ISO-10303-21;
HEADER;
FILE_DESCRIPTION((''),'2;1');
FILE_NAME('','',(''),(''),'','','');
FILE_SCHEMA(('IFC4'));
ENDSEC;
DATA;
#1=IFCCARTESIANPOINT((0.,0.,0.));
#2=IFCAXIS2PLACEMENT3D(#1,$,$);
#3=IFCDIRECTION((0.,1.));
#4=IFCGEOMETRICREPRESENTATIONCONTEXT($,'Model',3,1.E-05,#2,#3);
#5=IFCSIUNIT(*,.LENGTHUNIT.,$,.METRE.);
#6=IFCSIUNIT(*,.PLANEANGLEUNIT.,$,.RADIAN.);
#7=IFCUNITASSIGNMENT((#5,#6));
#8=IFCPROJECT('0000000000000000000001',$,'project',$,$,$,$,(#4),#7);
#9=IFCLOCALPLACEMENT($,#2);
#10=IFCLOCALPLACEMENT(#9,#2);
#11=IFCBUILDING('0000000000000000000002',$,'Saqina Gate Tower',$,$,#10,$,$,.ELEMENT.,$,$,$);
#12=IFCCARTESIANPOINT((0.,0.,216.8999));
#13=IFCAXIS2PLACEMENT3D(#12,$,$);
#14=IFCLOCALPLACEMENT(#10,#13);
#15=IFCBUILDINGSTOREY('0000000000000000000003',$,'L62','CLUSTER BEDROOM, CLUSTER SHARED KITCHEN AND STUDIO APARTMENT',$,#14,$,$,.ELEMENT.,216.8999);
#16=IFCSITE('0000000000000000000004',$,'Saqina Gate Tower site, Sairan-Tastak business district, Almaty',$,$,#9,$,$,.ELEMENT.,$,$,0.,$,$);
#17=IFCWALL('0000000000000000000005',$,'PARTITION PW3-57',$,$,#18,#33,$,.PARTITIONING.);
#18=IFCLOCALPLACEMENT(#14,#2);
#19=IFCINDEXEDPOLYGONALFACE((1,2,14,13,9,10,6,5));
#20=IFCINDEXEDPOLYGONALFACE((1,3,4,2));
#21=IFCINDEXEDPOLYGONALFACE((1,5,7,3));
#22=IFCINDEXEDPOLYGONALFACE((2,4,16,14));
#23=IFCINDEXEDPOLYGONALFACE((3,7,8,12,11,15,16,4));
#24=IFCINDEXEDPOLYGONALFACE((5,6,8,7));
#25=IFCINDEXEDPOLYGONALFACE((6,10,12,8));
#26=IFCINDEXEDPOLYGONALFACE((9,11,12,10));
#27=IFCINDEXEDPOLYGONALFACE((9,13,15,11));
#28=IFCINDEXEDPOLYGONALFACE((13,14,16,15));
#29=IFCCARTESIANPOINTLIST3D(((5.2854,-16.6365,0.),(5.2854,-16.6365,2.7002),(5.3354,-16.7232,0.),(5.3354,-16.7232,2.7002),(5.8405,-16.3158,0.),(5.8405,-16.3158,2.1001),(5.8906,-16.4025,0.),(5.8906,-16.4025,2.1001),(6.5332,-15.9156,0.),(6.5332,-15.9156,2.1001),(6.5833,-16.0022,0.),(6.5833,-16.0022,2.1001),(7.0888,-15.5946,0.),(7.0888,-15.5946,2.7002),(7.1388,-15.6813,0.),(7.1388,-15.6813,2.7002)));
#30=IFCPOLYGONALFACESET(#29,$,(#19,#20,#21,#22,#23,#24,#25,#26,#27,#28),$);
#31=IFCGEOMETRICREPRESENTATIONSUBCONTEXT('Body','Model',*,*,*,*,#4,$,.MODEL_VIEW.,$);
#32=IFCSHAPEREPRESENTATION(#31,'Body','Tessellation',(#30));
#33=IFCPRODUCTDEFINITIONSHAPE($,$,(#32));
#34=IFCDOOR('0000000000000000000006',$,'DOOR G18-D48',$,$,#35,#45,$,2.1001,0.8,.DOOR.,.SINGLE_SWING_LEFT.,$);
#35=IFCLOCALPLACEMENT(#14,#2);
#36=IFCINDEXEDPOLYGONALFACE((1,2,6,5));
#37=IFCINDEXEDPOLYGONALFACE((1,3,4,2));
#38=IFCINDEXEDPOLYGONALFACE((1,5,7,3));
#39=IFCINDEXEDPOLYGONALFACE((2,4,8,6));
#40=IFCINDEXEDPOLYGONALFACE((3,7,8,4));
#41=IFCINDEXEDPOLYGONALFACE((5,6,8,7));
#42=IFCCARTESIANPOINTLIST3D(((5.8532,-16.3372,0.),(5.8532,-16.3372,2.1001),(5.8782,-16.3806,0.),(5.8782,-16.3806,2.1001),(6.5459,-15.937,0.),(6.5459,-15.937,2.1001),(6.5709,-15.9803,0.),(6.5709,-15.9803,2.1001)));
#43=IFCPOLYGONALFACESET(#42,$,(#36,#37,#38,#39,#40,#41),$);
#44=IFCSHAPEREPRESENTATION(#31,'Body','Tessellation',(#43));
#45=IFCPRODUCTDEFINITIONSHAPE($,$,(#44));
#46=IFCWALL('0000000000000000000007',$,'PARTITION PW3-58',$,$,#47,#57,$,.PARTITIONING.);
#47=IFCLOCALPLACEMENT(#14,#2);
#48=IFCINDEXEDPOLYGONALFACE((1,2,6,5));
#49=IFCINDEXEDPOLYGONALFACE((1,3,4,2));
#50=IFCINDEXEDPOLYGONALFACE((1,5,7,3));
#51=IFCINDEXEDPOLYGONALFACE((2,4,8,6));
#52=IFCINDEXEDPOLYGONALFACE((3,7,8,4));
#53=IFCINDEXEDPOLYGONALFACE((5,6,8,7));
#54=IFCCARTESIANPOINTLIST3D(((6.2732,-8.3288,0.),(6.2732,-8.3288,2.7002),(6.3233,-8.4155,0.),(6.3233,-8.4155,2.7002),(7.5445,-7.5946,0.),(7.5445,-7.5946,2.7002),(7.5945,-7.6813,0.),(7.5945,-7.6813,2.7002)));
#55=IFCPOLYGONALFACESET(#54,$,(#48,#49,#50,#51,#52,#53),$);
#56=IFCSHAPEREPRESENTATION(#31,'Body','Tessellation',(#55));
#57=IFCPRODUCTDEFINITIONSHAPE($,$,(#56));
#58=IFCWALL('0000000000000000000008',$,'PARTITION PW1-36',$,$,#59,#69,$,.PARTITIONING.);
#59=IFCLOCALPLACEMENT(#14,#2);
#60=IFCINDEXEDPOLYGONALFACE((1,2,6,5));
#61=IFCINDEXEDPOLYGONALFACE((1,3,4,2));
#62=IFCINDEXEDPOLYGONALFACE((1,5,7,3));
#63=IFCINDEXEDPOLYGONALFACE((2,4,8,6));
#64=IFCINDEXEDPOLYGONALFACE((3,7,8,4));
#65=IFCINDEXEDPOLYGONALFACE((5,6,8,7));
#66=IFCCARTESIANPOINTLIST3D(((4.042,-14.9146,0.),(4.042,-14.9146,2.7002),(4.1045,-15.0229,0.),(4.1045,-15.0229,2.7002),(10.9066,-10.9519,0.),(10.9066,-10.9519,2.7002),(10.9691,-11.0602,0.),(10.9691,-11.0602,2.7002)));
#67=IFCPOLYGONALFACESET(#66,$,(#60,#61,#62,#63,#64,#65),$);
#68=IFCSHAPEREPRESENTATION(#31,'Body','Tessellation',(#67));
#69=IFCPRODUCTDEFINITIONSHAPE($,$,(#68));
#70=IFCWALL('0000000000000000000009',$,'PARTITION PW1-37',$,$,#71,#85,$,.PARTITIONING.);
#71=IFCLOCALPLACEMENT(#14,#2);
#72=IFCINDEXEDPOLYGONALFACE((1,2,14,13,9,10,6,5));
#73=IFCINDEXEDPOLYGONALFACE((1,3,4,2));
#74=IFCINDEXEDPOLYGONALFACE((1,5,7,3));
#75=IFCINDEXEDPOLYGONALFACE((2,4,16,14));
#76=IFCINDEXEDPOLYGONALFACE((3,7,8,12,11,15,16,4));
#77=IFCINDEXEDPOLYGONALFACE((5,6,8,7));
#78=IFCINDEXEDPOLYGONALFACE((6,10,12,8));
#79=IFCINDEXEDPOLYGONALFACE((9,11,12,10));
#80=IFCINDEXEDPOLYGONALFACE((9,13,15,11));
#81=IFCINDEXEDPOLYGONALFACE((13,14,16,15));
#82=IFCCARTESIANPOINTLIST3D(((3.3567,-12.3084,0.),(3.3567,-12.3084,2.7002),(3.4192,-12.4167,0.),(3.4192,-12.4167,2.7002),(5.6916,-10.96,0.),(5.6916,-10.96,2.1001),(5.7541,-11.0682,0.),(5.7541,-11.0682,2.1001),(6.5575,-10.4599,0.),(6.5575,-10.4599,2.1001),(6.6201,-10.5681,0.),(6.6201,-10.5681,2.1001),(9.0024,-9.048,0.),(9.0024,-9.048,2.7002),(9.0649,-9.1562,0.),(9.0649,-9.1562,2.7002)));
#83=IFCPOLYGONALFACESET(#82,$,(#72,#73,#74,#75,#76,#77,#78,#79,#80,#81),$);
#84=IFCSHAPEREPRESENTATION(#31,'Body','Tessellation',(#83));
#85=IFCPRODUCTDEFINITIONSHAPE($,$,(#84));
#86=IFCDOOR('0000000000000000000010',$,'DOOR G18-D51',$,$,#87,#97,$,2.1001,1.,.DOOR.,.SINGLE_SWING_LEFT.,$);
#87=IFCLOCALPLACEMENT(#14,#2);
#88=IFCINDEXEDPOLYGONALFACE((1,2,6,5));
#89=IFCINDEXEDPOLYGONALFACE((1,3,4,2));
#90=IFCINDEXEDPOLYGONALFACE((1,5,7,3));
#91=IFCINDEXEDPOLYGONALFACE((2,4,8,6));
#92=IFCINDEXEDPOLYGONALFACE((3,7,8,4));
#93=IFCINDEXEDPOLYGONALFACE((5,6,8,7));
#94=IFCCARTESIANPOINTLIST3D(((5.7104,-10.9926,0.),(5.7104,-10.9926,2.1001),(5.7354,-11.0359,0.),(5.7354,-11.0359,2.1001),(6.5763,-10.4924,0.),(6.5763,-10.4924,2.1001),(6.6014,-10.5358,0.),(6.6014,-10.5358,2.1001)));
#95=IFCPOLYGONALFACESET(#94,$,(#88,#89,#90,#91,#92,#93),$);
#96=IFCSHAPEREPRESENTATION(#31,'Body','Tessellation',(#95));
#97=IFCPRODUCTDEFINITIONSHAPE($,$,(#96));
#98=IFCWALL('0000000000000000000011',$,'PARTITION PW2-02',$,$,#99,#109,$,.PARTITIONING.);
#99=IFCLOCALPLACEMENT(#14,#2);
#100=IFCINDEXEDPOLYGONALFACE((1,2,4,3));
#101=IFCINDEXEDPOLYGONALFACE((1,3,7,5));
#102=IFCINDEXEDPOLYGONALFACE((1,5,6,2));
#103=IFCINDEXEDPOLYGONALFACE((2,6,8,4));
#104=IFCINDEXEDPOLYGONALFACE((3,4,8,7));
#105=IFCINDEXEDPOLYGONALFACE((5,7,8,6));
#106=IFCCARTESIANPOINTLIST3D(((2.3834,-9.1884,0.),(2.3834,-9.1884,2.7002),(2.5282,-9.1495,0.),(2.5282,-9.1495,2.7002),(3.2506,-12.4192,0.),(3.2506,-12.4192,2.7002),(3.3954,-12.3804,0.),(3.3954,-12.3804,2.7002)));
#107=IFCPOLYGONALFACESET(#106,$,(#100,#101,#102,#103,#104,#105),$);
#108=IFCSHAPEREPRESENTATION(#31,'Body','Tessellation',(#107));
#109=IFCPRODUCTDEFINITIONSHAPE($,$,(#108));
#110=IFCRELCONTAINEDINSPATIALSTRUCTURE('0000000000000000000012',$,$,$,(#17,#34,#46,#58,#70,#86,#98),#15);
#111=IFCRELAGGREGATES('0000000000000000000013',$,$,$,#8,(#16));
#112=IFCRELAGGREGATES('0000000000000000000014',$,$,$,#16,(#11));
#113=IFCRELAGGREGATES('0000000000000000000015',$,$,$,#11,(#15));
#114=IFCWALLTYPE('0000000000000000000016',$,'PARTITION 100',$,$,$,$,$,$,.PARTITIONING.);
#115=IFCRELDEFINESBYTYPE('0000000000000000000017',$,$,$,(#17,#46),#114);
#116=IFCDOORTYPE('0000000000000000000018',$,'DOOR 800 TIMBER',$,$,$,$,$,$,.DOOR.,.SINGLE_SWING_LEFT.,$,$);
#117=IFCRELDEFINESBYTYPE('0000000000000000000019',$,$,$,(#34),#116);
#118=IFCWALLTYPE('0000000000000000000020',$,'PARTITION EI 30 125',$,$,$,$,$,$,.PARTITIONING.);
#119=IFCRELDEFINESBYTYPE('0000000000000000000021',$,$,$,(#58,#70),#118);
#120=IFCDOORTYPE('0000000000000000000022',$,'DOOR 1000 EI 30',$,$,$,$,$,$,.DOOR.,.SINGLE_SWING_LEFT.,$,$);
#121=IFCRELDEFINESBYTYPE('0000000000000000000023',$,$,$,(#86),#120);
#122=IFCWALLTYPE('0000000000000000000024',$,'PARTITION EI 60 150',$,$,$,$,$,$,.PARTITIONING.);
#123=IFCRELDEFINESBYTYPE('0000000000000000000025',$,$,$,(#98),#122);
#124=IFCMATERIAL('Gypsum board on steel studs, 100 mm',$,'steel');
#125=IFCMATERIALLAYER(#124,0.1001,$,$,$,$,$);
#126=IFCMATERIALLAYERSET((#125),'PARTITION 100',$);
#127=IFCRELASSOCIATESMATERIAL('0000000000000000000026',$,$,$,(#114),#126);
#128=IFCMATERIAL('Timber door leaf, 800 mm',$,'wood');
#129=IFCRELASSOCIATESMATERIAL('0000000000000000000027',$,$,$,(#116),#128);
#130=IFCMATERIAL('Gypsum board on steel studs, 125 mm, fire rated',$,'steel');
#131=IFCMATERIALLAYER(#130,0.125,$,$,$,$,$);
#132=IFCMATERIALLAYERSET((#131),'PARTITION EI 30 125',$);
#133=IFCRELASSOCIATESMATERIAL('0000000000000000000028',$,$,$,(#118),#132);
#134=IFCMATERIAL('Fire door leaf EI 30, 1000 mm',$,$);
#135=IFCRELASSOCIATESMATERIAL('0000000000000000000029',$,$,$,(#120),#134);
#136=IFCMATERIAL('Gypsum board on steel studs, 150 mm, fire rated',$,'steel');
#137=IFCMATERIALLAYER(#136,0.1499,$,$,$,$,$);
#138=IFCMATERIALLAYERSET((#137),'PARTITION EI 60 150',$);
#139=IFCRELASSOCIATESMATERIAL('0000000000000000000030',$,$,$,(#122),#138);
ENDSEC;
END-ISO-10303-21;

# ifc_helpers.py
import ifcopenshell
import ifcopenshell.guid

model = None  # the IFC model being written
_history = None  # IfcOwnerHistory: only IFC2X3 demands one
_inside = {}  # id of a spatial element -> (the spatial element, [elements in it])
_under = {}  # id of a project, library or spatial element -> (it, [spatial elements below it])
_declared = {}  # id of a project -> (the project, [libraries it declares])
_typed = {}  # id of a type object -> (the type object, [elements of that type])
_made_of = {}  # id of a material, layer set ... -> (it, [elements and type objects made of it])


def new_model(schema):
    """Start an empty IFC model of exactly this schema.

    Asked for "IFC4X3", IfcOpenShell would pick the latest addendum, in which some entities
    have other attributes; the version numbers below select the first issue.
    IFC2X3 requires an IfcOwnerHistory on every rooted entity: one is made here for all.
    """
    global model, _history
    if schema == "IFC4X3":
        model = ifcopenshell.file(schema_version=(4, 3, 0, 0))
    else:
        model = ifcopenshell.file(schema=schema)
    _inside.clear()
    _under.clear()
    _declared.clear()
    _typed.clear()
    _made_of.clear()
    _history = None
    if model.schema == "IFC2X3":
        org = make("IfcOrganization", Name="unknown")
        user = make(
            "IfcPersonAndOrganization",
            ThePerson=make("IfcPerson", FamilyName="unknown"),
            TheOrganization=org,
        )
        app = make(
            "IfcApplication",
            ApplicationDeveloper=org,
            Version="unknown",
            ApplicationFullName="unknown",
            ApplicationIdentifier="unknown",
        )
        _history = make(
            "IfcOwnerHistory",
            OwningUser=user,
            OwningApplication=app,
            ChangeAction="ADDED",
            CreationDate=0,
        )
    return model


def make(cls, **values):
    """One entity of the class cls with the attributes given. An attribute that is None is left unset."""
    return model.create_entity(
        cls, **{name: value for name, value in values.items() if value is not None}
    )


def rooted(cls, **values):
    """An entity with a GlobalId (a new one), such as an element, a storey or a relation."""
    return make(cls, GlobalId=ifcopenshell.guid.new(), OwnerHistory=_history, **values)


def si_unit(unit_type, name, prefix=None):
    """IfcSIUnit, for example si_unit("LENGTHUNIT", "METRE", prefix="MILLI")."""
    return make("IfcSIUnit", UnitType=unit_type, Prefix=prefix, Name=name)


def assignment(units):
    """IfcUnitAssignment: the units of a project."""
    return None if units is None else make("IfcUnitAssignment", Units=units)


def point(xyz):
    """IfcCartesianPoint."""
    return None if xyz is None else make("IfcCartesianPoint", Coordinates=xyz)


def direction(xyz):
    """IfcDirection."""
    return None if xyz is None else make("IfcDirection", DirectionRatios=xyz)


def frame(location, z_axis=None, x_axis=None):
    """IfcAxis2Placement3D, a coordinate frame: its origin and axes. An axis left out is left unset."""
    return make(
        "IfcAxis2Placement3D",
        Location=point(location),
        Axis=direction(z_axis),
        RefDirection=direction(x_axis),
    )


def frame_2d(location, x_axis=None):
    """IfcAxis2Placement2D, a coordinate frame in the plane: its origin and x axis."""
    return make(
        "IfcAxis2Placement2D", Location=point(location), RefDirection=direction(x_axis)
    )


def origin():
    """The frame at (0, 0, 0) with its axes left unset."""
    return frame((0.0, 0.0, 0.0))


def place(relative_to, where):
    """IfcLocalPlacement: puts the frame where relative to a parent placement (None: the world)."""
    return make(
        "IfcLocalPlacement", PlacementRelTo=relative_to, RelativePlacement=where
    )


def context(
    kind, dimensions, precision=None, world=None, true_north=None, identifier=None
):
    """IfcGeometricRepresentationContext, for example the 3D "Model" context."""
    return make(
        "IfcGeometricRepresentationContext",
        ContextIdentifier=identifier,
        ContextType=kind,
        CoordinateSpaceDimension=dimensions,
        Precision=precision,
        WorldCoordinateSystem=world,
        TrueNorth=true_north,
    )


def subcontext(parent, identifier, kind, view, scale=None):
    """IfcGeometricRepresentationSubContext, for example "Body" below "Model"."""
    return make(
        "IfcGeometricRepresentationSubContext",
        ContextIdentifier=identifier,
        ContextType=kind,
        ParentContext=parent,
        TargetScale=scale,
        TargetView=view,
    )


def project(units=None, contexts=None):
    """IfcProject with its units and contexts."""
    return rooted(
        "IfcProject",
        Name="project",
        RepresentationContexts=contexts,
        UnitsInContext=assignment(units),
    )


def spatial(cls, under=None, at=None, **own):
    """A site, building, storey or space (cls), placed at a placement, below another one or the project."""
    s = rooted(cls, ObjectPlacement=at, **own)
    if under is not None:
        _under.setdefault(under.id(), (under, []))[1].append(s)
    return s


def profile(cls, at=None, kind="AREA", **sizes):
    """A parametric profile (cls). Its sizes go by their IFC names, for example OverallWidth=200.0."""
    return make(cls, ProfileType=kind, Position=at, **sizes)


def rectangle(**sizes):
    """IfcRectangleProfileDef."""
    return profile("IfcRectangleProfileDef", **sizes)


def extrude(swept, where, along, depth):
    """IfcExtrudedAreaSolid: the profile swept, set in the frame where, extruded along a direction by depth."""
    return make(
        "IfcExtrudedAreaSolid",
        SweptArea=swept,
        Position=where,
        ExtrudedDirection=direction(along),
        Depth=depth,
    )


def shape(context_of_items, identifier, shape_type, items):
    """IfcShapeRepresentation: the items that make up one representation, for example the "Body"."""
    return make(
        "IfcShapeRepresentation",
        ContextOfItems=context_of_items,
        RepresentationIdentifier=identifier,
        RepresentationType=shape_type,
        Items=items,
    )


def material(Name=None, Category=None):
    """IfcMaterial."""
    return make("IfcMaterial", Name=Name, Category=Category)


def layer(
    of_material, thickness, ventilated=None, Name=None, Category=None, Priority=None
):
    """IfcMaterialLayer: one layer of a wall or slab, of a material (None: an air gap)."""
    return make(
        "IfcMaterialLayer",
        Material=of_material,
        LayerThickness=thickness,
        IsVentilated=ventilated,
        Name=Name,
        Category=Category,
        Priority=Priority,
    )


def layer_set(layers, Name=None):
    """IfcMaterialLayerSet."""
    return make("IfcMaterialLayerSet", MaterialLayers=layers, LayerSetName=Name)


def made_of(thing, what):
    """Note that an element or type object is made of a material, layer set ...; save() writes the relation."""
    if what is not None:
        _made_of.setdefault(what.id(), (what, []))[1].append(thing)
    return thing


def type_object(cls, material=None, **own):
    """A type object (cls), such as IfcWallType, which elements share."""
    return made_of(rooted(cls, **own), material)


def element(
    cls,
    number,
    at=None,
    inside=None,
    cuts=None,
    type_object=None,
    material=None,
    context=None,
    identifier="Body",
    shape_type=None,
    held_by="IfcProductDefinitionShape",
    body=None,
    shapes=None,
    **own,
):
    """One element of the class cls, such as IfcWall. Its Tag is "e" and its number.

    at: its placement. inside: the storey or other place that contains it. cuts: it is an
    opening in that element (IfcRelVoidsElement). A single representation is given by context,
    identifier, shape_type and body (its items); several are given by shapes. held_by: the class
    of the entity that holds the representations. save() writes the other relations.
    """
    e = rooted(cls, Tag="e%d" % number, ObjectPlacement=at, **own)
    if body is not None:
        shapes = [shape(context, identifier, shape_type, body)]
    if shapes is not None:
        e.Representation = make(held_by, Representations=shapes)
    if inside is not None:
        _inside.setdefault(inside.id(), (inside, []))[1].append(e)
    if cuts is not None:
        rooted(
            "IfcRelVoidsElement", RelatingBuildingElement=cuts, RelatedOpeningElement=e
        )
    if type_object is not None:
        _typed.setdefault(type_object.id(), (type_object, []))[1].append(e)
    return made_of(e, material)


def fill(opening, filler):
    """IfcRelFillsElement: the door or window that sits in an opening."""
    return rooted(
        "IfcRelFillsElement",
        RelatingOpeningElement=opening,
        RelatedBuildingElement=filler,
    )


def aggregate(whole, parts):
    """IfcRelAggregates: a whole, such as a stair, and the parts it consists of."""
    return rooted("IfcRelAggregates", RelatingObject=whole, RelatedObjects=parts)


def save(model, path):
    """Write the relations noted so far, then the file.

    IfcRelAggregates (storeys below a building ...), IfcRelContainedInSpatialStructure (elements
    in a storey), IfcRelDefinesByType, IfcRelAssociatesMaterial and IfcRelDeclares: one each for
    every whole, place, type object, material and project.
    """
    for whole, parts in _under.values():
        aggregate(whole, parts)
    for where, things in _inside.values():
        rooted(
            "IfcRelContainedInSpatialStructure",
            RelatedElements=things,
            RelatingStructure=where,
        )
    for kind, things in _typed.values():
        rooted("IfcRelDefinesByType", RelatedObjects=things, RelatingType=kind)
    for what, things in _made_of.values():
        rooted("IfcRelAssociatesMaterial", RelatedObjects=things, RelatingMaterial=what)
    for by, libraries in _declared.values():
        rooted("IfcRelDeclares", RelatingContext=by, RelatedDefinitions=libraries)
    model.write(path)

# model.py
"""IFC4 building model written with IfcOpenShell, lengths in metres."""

from ifc_helpers import new_model, si_unit, direction, frame, frame_2d, origin, place, context, subcontext, project, spatial, rectangle, extrude, material, layer, layer_set, type_object, element, fill, save


model = new_model("IFC4")

# Units and contexts
model_context = context("Model", 3, precision=1e-05, world=origin(), true_north=direction((0.0, 1.0)))
body_context = subcontext(model_context, "Body", "Model", "MODEL_VIEW")
ifc_project = project(units=[si_unit("LENGTHUNIT", "METRE"), si_unit("PLANEANGLEUNIT", "RADIAN")], contexts=[model_context])

# Site, building, storey
site_placement = place(None, origin())
site = spatial("IfcSite", under=ifc_project, at=site_placement, Name="Saqina Gate Tower site, Sairan-Tastak business district, Almaty", CompositionType="ELEMENT", RefElevation=0.0)
building_placement = place(site_placement, origin())
building = spatial("IfcBuilding", under=site, at=building_placement, Name="Saqina Gate Tower", CompositionType="ELEMENT")
storey_placement = place(building_placement, frame((0.0, 0.0, 216.8999)))
storey = spatial("IfcBuildingStorey", under=building, at=storey_placement, Name="L62", Description="CLUSTER BEDROOM, CLUSTER SHARED KITCHEN AND STUDIO APARTMENT", CompositionType="ELEMENT", Elevation=216.8999)

# Shared definitions
ifc_material_1 = material(Name="Gypsum board on steel studs, 100 mm", Category="steel")
ifc_layer_1 = layer(ifc_material_1, 0.1001)
ifc_layer_set_1 = layer_set([ifc_layer_1], Name="PARTITION 100")
wall_type_1 = type_object("IfcWallType", Name="PARTITION 100", PredefinedType="PARTITIONING", material=ifc_layer_set_1)

# Shared definitions
ifc_material_2 = material(Name="Timber door leaf, 800 mm", Category="wood")
door_type_1 = type_object("IfcDoorType", Name="DOOR 800 TIMBER", OperationType="SINGLE_SWING_LEFT", PredefinedType="DOOR", material=ifc_material_2)

# Wall, opening, door
wall_1_placement = place(storey_placement, frame((5.3103, -16.6799, 0.0), z_axis=(0.0, 0.0, 1.0), x_axis=(0.865867, 0.500274, 0.0)))
wall_1 = element("IfcWall", 1, at=wall_1_placement, inside=storey, type_object=wall_type_1, Name="PARTITION PW3-57", PredefinedType="PARTITIONING", context=body_context, shape_type="SweptSolid", body=[
    extrude(rectangle(XDim=2.0828, YDim=0.1001, at=frame_2d((1.0415, 0.0))), origin(), (0.0, 0.0, 1.0), 2.7002),
])
opening_1_placement = place(wall_1_placement, frame((0.6414, 0.0, 0.0)))
opening_1 = element("IfcOpeningElement", 2, at=opening_1_placement, cuts=wall_1, PredefinedType="OPENING", context=body_context, shape_type="SweptSolid", body=[
    extrude(rectangle(XDim=0.8, YDim=2.1001, at=frame_2d((0.3999, 1.05))), frame((0.0, 0.062, 0.0), z_axis=(0.0, -1.0, 0.0), x_axis=(1.0, 0.0, 0.0)), (0.0, 0.0, 1.0), 0.124),
])
door_1_placement = place(opening_1_placement, frame((0.8, 0.0, 0.0), z_axis=(0.0, 0.0, 1.0), x_axis=(-1.0, 0.0, 0.0)))
door_1 = element("IfcDoor", 3, at=door_1_placement, inside=storey, type_object=door_type_1, Name="DOOR G18-D48", OperationType="SINGLE_SWING_LEFT", OverallHeight=2.1001, OverallWidth=0.8, PredefinedType="DOOR", context=body_context, shape_type="SweptSolid", body=[
    extrude(rectangle(XDim=0.8, YDim=2.1001, at=frame_2d((0.3999, 1.05))), frame((0.0, 0.0249, 0.0), z_axis=(0.0, -1.0, 0.0), x_axis=(1.0, 0.0, 0.0)), (0.0, 0.0, 1.0), 0.05),
])
fill(opening_1, door_1)

# Walls
wall_2_placement = place(storey_placement, frame((6.2983, -8.3721, 0.0), z_axis=(0.0, 0.0, 1.0), x_axis=(0.865972, 0.500092, 0.0)))
element("IfcWall", 4, at=wall_2_placement, inside=storey, type_object=wall_type_1, Name="PARTITION PW3-58", PredefinedType="PARTITIONING", context=body_context, shape_type="SweptSolid", body=[
    extrude(rectangle(XDim=1.468, YDim=0.1001, at=frame_2d((0.7339, 0.0))), origin(), (0.0, 0.0, 1.0), 2.7002),
])
ifc_material_3 = material(Name="Gypsum board on steel studs, 125 mm, fire rated", Category="steel")
ifc_layer_2 = layer(ifc_material_3, 0.125)
ifc_layer_set_2 = layer_set([ifc_layer_2], Name="PARTITION EI 30 125")
wall_type_2 = type_object("IfcWallType", Name="PARTITION EI 30 125", PredefinedType="PARTITIONING", material=ifc_layer_set_2)
wall_3_placement = place(storey_placement, frame((4.0732, -14.9688, 0.0), z_axis=(0.0, 0.0, 1.0), x_axis=(0.866057, 0.499946, 0.0)))
element("IfcWall", 5, at=wall_3_placement, inside=storey, type_object=wall_type_2, Name="PARTITION PW1-36", PredefinedType="PARTITIONING", context=body_context, shape_type="SweptSolid", body=[
    extrude(rectangle(XDim=7.9263, YDim=0.125, at=frame_2d((3.9631, 0.0))), origin(), (0.0, 0.0, 1.0), 2.7002),
])

# Wall, opening, door
wall_4_placement = place(storey_placement, frame((3.3879, -12.3625, 0.0), z_axis=(0.0, 0.0, 1.0), x_axis=(0.865964, 0.500106, 0.0)))
wall_4 = element("IfcWall", 6, at=wall_4_placement, inside=storey, type_object=wall_type_2, Name="PARTITION PW1-37", PredefinedType="PARTITIONING", context=body_context, shape_type="SweptSolid", body=[
    extrude(rectangle(XDim=6.5195, YDim=0.125, at=frame_2d((3.2598, 0.0))), origin(), (0.0, 0.0, 1.0), 2.7002),
])
opening_2_placement = place(wall_4_placement, frame((2.6963, 0.0, 0.0)))
opening_2 = element("IfcOpeningElement", 7, at=opening_2_placement, cuts=wall_4, PredefinedType="OPENING", context=body_context, shape_type="SweptSolid", body=[
    extrude(rectangle(XDim=1.0, YDim=2.1001, at=frame_2d((0.5, 1.05))), frame((0.0, 0.0745, 0.0), z_axis=(0.0, -1.0, 0.0), x_axis=(1.0, 0.0, 0.0)), (0.0, 0.0, 1.0), 0.1489),
])
ifc_material_4 = material(Name="Fire door leaf EI 30, 1000 mm")
door_type_2 = type_object("IfcDoorType", Name="DOOR 1000 EI 30", OperationType="SINGLE_SWING_LEFT", PredefinedType="DOOR", material=ifc_material_4)
door_2_placement = place(opening_2_placement, origin())
door_2 = element("IfcDoor", 8, at=door_2_placement, inside=storey, type_object=door_type_2, Name="DOOR G18-D51", OperationType="SINGLE_SWING_LEFT", OverallHeight=2.1001, OverallWidth=1.0, PredefinedType="DOOR", context=body_context, shape_type="SweptSolid", body=[
    extrude(rectangle(XDim=1.0, YDim=2.1001, at=frame_2d((0.5, 1.05))), frame((0.0, 0.0249, 0.0), z_axis=(0.0, -1.0, 0.0), x_axis=(1.0, 0.0, 0.0)), (0.0, 0.0, 1.0), 0.05),
])
fill(opening_2, door_2)

# Wall
ifc_material_5 = material(Name="Gypsum board on steel studs, 150 mm, fire rated", Category="steel")
ifc_layer_3 = layer(ifc_material_5, 0.1499)
ifc_layer_set_3 = layer_set([ifc_layer_3], Name="PARTITION EI 60 150")
wall_type_3 = type_object("IfcWallType", Name="PARTITION EI 60 150", PredefinedType="PARTITIONING", material=ifc_layer_set_3)
wall_5_placement = place(storey_placement, frame((2.4558, -9.1689, 0.0), z_axis=(0.0, 0.0, 1.0), x_axis=(0.259225, -0.965817, 0.0)))
element("IfcWall", 9, at=wall_5_placement, inside=storey, type_object=wall_type_3, Name="PARTITION PW2-02", PredefinedType="PARTITIONING", context=body_context, shape_type="SweptSolid", body=[
    extrude(rectangle(XDim=3.3452, YDim=0.1499, at=frame_2d((1.6726, 0.0))), origin(), (0.0, 0.0, 1.0), 2.7002),
])

save(model, "model.ifc")
